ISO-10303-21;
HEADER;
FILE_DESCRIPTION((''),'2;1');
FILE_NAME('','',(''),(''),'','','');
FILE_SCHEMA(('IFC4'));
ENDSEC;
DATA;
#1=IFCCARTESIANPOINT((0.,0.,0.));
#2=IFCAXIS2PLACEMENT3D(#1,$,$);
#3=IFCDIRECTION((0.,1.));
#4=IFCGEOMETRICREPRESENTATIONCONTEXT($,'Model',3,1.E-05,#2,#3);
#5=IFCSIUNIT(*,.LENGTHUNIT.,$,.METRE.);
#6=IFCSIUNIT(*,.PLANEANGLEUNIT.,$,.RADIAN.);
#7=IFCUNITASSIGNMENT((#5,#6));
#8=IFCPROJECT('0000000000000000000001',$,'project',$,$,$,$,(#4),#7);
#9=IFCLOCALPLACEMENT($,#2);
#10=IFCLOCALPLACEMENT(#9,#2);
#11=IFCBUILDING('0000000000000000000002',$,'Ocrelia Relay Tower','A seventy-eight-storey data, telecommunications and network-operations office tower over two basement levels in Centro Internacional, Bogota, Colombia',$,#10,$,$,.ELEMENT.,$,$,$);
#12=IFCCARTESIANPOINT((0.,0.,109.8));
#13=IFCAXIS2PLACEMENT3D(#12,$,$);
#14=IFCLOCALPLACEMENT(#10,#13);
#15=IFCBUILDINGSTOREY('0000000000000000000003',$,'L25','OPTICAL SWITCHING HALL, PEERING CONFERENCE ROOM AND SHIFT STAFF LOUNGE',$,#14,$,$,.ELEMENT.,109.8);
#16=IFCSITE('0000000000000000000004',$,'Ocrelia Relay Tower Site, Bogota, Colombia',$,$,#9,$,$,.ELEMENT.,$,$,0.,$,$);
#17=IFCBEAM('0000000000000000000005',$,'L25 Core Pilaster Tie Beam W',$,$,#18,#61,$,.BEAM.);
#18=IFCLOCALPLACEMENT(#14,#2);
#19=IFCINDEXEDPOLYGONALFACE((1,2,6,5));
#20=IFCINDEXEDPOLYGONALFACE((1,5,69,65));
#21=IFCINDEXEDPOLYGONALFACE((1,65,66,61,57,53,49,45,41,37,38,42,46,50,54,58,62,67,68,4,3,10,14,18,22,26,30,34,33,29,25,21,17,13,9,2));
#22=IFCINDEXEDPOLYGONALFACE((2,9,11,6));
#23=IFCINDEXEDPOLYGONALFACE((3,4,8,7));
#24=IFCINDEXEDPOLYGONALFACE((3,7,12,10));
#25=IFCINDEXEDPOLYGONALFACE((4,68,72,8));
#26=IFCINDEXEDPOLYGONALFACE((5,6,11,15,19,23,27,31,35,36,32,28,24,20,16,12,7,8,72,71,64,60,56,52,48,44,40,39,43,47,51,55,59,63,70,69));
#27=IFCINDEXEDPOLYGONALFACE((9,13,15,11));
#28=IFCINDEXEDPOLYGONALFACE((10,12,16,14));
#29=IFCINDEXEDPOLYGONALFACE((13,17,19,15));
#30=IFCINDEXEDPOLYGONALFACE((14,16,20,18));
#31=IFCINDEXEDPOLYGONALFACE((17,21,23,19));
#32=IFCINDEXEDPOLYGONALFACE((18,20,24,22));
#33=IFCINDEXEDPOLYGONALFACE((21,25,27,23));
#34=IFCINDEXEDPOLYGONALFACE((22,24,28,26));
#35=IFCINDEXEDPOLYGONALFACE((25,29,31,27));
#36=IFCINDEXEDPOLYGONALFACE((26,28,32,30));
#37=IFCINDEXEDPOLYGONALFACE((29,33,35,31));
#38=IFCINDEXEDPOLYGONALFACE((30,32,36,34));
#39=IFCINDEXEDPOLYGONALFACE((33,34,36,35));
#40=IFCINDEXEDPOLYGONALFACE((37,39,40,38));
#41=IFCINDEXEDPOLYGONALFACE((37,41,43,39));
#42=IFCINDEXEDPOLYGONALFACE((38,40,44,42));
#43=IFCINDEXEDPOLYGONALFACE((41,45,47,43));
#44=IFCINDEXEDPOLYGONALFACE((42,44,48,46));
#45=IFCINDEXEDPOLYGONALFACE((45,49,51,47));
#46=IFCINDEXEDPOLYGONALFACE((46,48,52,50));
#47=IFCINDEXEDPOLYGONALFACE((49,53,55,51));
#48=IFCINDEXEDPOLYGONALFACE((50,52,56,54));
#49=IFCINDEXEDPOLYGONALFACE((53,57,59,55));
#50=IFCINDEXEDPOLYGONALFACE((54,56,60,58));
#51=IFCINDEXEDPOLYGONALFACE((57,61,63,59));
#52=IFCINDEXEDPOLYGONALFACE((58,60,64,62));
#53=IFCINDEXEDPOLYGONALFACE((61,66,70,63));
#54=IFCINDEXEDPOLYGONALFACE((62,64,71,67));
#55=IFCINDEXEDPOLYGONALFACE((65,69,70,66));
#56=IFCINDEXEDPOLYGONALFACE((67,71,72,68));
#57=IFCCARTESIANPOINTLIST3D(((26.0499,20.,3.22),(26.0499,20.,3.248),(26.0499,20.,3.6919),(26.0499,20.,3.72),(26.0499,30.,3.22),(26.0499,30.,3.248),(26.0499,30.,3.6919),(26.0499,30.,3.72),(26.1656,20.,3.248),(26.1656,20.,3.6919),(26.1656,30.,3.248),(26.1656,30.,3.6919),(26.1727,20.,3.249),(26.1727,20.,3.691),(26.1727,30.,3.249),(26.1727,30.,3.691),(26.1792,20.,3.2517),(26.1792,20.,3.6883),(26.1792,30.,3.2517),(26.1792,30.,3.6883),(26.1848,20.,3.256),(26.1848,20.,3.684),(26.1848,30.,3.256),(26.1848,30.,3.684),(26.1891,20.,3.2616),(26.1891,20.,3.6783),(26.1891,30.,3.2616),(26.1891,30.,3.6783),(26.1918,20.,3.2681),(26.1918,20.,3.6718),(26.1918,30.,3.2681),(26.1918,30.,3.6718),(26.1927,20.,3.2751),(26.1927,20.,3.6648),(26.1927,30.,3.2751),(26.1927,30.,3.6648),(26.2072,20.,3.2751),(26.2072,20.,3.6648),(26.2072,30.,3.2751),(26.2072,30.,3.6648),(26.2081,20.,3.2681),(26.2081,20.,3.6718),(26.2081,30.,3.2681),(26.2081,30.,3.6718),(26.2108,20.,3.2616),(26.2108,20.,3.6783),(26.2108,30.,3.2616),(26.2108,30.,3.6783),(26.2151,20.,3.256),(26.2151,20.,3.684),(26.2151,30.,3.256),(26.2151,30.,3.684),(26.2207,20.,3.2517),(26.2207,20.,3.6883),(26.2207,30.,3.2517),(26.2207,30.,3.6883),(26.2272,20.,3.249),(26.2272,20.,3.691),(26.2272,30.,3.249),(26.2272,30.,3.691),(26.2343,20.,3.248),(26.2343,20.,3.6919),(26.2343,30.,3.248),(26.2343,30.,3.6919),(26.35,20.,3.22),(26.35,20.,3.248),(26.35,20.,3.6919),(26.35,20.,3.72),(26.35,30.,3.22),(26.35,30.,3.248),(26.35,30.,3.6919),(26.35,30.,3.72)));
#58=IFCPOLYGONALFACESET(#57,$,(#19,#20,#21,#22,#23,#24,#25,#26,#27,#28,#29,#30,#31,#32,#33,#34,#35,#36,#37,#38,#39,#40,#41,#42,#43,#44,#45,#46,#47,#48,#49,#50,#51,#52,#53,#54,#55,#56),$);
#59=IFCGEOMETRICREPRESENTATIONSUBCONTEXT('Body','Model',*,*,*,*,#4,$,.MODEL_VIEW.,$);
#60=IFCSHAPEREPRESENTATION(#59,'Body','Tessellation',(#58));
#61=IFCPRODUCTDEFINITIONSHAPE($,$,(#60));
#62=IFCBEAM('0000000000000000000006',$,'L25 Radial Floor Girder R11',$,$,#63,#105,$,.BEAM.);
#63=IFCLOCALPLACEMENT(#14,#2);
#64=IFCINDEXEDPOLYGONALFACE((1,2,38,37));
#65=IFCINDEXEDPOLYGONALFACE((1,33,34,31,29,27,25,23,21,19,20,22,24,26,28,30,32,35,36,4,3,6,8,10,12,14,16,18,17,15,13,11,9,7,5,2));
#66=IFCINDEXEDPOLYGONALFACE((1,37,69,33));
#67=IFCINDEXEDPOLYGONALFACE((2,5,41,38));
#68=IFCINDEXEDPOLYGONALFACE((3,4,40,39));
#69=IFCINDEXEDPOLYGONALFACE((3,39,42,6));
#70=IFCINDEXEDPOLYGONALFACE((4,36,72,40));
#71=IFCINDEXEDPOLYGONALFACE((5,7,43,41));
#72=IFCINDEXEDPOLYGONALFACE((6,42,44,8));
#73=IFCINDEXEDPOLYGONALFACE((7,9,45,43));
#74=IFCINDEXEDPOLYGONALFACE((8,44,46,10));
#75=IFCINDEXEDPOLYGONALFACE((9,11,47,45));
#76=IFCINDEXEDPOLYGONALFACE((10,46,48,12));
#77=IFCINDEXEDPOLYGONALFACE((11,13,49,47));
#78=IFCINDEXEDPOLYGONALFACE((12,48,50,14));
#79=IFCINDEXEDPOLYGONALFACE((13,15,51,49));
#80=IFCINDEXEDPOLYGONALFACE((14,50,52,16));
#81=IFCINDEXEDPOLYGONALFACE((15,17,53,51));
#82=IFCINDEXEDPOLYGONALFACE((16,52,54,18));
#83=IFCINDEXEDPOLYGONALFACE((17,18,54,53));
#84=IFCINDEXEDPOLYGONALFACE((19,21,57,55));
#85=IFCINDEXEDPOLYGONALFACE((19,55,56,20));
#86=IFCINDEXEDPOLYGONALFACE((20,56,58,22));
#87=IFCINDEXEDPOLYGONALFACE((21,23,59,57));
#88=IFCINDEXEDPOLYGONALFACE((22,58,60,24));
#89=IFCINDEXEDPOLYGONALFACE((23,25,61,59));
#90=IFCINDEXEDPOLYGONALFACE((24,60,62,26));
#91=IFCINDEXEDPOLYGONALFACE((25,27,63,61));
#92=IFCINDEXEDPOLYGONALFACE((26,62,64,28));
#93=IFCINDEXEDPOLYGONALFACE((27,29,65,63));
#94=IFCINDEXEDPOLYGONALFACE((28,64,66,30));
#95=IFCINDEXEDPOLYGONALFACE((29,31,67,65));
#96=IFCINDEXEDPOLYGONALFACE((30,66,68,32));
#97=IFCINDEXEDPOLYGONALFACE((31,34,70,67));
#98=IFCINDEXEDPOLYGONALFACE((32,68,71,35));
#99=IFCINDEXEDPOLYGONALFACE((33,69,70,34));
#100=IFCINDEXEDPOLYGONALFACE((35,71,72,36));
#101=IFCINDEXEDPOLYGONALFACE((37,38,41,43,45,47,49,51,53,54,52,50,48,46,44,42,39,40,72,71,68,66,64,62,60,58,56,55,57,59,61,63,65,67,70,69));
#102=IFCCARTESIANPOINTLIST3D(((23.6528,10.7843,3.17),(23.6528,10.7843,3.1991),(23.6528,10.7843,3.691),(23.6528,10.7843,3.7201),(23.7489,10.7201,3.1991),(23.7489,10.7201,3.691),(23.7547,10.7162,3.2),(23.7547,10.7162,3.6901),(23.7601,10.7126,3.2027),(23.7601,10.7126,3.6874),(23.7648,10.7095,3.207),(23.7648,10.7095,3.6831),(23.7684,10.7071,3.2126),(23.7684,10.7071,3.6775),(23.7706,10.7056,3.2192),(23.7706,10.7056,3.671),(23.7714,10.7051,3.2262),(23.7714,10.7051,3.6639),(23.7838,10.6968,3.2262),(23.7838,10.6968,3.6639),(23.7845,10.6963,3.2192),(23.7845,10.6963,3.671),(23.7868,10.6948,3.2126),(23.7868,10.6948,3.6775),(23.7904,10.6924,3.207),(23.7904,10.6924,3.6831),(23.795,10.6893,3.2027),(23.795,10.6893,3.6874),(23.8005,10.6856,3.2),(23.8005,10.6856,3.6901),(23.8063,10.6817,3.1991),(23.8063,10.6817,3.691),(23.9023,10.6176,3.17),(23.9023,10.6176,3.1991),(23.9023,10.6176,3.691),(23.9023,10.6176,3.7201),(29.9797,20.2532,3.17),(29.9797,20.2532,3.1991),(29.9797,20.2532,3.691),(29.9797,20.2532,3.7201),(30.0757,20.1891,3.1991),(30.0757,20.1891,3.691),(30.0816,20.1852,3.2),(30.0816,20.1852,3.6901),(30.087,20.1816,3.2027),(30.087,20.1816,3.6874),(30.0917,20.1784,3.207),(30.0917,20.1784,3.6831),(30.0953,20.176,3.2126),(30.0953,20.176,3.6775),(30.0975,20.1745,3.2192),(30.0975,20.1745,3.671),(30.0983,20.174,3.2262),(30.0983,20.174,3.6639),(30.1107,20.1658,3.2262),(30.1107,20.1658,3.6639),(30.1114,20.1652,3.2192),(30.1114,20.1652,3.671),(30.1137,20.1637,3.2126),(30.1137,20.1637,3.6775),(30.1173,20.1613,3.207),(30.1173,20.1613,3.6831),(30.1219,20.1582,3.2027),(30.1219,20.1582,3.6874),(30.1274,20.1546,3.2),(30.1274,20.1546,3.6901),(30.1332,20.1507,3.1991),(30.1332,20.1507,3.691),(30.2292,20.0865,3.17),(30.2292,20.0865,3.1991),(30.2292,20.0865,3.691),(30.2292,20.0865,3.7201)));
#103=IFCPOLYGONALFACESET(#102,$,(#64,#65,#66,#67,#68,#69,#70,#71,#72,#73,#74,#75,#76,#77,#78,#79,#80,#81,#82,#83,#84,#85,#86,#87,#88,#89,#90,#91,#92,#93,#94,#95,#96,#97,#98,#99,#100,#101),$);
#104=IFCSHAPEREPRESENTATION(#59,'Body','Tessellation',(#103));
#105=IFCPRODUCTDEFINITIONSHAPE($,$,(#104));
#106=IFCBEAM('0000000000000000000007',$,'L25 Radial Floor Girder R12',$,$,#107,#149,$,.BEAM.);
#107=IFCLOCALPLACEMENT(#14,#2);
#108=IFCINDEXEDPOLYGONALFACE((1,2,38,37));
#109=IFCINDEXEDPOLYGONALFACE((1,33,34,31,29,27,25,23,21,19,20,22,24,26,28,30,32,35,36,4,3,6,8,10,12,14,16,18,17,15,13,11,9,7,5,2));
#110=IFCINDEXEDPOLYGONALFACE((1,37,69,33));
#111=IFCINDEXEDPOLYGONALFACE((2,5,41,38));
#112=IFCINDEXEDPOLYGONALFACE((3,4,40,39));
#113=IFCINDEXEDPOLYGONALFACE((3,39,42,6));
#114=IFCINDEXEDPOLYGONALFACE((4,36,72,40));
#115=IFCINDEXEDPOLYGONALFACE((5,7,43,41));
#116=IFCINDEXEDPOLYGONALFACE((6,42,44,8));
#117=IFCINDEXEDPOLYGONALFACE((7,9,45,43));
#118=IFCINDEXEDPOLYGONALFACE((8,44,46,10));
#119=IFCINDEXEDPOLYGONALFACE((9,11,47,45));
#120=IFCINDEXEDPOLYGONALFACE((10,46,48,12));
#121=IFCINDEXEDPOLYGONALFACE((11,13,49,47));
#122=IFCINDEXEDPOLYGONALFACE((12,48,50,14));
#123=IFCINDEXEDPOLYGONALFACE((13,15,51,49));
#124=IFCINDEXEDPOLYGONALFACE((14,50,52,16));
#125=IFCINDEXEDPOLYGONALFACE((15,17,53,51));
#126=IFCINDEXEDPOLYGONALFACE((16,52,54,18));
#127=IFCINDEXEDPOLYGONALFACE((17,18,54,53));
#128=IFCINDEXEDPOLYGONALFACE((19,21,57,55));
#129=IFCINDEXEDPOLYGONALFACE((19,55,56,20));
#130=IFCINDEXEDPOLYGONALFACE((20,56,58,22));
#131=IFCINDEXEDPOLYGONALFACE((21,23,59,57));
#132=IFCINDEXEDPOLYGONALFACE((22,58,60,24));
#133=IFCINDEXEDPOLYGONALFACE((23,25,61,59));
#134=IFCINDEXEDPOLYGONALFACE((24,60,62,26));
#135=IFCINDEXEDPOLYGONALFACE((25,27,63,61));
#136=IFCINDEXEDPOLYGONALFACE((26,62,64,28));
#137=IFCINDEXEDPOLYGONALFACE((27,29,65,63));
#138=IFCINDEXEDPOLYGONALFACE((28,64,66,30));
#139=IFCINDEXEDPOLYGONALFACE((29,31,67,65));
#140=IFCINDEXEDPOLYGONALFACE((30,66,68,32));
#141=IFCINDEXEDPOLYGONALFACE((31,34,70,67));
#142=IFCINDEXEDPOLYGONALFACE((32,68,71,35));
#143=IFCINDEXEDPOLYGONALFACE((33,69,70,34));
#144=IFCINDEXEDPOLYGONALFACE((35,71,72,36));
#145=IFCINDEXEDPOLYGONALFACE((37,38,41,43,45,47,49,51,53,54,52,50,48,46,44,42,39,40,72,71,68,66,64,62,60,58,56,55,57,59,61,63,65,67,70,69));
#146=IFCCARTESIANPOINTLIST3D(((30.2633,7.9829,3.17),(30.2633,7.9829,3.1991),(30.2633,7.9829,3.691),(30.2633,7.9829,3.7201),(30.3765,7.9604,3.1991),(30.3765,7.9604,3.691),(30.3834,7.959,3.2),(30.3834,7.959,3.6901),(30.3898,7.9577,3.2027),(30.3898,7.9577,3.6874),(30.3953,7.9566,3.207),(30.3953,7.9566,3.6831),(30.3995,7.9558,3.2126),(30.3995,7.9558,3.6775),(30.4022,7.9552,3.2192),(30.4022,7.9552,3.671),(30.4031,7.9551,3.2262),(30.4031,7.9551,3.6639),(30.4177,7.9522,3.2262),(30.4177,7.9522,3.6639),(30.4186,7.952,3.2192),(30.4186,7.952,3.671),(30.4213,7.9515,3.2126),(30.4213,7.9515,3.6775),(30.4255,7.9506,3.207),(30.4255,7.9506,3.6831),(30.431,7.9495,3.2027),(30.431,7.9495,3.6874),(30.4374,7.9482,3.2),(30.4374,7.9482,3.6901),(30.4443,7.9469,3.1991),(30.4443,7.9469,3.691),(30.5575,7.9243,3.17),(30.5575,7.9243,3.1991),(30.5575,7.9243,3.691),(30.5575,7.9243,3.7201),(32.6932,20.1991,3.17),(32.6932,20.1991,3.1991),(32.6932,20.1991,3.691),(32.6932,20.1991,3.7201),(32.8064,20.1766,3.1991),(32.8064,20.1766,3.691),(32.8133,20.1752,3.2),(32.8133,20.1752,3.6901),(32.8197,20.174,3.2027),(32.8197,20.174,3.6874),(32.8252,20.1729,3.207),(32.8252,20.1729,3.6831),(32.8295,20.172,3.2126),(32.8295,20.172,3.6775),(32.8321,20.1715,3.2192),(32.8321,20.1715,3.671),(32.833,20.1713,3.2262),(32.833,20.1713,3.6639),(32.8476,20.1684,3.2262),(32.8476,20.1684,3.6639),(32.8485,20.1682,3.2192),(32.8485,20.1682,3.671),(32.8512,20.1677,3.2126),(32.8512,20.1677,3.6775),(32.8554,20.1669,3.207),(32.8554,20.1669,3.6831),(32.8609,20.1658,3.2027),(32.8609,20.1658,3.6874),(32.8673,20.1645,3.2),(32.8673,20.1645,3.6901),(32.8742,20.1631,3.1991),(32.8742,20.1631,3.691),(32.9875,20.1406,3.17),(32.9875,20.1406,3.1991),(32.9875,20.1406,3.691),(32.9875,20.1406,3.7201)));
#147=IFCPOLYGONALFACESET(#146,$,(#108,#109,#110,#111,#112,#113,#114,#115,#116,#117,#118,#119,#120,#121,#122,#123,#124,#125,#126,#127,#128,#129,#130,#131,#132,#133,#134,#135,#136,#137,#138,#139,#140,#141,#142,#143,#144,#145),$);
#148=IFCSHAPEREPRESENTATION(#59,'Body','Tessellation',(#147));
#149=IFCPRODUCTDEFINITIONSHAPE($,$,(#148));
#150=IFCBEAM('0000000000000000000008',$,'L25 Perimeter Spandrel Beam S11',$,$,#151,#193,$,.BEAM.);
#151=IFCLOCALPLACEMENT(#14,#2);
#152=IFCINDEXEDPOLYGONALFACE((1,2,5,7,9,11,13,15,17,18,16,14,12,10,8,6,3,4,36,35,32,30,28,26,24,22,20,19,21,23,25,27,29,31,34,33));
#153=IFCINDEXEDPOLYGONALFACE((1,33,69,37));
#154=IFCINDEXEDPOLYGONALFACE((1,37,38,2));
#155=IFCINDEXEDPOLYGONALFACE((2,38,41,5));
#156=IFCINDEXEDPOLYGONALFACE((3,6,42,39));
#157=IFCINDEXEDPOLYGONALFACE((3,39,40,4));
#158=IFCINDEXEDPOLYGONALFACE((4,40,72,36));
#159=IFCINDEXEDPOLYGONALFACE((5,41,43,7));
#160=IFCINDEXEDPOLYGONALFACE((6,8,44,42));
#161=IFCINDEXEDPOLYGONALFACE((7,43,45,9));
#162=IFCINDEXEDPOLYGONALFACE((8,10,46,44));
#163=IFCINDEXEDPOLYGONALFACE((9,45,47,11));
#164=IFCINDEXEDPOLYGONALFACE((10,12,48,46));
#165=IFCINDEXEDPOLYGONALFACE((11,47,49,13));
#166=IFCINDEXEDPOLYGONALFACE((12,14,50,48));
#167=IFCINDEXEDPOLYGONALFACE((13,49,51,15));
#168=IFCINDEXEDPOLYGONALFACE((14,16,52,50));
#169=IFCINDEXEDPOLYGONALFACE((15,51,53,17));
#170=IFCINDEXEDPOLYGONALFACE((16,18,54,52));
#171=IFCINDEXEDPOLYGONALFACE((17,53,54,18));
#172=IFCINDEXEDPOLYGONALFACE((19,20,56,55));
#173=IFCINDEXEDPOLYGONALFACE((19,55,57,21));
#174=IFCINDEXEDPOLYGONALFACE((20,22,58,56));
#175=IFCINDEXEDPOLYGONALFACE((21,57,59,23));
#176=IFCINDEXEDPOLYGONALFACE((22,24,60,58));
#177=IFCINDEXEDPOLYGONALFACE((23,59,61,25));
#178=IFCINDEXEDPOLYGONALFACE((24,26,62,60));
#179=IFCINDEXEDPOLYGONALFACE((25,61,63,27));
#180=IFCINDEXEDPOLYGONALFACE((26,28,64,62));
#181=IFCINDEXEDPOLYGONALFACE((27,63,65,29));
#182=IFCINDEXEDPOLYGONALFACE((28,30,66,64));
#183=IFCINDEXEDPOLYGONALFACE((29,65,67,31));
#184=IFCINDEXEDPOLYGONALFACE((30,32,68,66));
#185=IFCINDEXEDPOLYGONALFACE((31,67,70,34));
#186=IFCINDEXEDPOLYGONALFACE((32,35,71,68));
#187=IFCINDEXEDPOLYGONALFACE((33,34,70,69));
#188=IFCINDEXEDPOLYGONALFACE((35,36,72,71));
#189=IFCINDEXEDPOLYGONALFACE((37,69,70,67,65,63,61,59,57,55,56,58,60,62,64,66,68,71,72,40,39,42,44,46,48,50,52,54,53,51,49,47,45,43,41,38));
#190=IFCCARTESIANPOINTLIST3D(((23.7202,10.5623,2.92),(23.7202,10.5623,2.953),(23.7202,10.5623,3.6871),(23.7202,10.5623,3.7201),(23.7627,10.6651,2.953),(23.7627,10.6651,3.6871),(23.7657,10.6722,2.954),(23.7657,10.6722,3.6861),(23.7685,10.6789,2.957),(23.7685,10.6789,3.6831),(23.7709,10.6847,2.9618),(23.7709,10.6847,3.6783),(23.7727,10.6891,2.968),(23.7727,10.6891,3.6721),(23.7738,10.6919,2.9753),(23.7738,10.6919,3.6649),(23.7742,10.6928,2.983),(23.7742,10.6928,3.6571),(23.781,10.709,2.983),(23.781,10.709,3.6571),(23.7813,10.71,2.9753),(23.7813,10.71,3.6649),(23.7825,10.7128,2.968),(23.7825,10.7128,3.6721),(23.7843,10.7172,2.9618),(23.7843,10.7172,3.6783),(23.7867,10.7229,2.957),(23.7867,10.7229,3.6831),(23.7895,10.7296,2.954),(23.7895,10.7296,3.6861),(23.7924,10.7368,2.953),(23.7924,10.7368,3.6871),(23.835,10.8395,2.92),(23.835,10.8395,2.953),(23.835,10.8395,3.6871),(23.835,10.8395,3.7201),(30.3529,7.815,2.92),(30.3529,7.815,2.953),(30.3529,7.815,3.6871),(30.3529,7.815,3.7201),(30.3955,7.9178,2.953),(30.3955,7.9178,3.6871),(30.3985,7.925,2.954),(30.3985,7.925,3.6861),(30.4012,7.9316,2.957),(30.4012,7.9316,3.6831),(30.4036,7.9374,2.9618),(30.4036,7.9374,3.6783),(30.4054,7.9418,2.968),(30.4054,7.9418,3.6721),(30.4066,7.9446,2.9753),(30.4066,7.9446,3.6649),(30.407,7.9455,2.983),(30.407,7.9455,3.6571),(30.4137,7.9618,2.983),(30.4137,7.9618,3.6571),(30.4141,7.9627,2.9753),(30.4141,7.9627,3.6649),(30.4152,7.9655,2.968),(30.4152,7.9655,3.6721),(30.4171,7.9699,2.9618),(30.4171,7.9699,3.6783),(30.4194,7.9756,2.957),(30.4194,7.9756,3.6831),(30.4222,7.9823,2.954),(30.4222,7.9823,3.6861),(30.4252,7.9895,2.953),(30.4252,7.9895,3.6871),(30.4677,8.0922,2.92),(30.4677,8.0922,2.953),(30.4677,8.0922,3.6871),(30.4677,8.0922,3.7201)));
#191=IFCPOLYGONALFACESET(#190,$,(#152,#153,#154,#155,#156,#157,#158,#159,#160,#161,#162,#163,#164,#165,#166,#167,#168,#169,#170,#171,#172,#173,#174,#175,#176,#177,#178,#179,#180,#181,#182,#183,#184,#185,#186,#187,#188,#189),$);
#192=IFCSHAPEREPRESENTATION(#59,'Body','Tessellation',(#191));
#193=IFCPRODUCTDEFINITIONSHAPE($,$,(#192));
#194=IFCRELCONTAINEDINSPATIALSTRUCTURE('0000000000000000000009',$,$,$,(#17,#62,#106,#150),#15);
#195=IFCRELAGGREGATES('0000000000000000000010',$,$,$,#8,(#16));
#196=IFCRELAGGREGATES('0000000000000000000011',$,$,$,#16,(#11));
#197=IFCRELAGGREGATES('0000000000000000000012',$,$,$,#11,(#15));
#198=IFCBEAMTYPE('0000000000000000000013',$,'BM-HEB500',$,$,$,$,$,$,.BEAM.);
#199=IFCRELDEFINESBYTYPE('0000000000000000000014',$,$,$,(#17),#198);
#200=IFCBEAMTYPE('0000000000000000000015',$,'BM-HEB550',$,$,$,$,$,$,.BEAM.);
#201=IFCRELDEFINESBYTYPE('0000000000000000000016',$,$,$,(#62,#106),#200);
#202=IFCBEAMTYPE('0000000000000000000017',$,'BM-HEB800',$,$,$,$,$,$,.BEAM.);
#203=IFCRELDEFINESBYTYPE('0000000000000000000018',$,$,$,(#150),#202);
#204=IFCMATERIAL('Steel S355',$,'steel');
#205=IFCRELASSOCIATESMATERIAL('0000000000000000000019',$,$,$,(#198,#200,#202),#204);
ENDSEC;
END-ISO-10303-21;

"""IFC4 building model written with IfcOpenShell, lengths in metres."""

from ifc_helpers import new_model, si_unit, direction, frame, origin, origin_2d, place, context, subcontext, project, spatial, i_section, extrude, material, material_profile, profile_set, type_object, element, save


model = new_model("IFC4")

# Units and contexts
model_context = context("Model", 3, precision=1e-05, world=origin(), true_north=direction((0.0, 1.0)))
body_context = subcontext(model_context, "Body", "Model", "MODEL_VIEW")
ifc_project = project(units=[si_unit("LENGTHUNIT", "METRE"), si_unit("PLANEANGLEUNIT", "RADIAN")], contexts=[model_context])

# Site, building, storey
site_placement = place(None, origin())
site = spatial("IfcSite", under=ifc_project, at=site_placement, Name="Ocrelia Relay Tower Site, Bogota, Colombia", CompositionType="ELEMENT", RefElevation=0.0)
building_placement = place(site_placement, origin())
building = spatial("IfcBuilding", under=site, at=building_placement, Name="Ocrelia Relay Tower", Description="A seventy-eight-storey data, telecommunications and network-operations office tower over two basement levels in Centro Internacional, Bogota, Colombia", CompositionType="ELEMENT")
storey_placement = place(building_placement, frame((0.0, 0.0, 109.8)))
storey = spatial("IfcBuildingStorey", under=building, at=storey_placement, Name="L25", Description="OPTICAL SWITCHING HALL, PEERING CONFERENCE ROOM AND SHIFT STAFF LOUNGE", CompositionType="ELEMENT", Elevation=109.8)

# Beams
ifc_material_1 = material(Name="Steel S355", Category="steel")
ifc_material_profile_1 = material_profile(ifc_material_1, i_section(OverallWidth=0.3, OverallDepth=0.5, WebThickness=0.0144, FlangeThickness=0.0281, FilletRadius=0.0271, at=origin_2d()), Name="HEB 500")
ifc_profile_set_1 = profile_set([ifc_material_profile_1], Name="Steel S355")
beam_type_1 = type_object("IfcBeamType", Name="BM-HEB500", PredefinedType="BEAM", material=ifc_profile_set_1)
beam_1_placement = place(storey_placement, frame((26.2, 20.0, 3.47), z_axis=(0.0, 1.0, 0.0), x_axis=(-1.0, 0.0, 0.0)))
element("IfcBeam", 1, at=beam_1_placement, inside=storey, type_object=beam_type_1, Name="L25 Core Pilaster Tie Beam W", PredefinedType="BEAM", context=body_context, shape_type="SweptSolid", body=[
    extrude(i_section(OverallWidth=0.3, OverallDepth=0.5, WebThickness=0.0144, FlangeThickness=0.0281, FilletRadius=0.0271, at=origin_2d()), origin(), (0.0, 0.0, 1.0), 10.0),
])
ifc_material_profile_2 = material_profile(ifc_material_1, i_section(OverallWidth=0.3, OverallDepth=0.55, WebThickness=0.0149, FlangeThickness=0.0291, FilletRadius=0.0271, at=origin_2d()), Name="HEB 550")
ifc_profile_set_2 = profile_set([ifc_material_profile_2], Name="Steel S355")
beam_type_2 = type_object("IfcBeamType", Name="BM-HEB550", PredefinedType="BEAM", material=ifc_profile_set_2)
beam_2_placement = place(storey_placement, frame((23.7776, 10.7009, 3.4451), z_axis=(0.555566, 0.831473, 0.0), x_axis=(-0.831473, 0.555566, 0.0)))
element("IfcBeam", 2, at=beam_2_placement, inside=storey, type_object=beam_type_2, Name="L25 Radial Floor Girder R11", PredefinedType="BEAM", context=body_context, shape_type="SweptSolid", body=[
    extrude(i_section(OverallWidth=0.3, OverallDepth=0.55, WebThickness=0.0149, FlangeThickness=0.0291, FilletRadius=0.0271, at=origin_2d()), origin(), (0.0, 0.0, 1.0), 11.3882),
])
beam_3_placement = place(storey_placement, frame((30.4104, 7.9536, 3.4451), z_axis=(0.195087, 0.980786, 0.0), x_axis=(-0.980786, 0.195087, 0.0)))
element("IfcBeam", 3, at=beam_3_placement, inside=storey, type_object=beam_type_2, Name="L25 Radial Floor Girder R12", PredefinedType="BEAM", context=body_context, shape_type="SweptSolid", body=[
    extrude(i_section(OverallWidth=0.3, OverallDepth=0.55, WebThickness=0.0149, FlangeThickness=0.0291, FilletRadius=0.0271, at=origin_2d()), origin(), (0.0, 0.0, 1.0), 12.4556),
])
ifc_material_profile_3 = material_profile(ifc_material_1, i_section(OverallWidth=0.3, OverallDepth=0.8, WebThickness=0.0176, FlangeThickness=0.033, FilletRadius=0.03, at=origin_2d()), Name="HEB 800")
ifc_profile_set_3 = profile_set([ifc_material_profile_3], Name="Steel S355")
beam_type_3 = type_object("IfcBeamType", Name="BM-HEB800", PredefinedType="BEAM", material=ifc_profile_set_3)
for number, where, z_axis, x_axis, name in (
    (4, (23.7776, 10.7009, 3.3201), (0.923884, -0.382673, 0.0), (0.382673, 0.923884, 0.0), "L25 Perimeter Spandrel Beam S11"),
):
    element("IfcBeam", number, at=place(storey_placement, frame(where, z_axis=z_axis, x_axis=x_axis)), inside=storey, type_object=beam_type_3, Name=name, PredefinedType="BEAM", context=body_context, shape_type="SweptSolid", body=[
        extrude(i_section(OverallWidth=0.3, OverallDepth=0.8, WebThickness=0.0176, FlangeThickness=0.033, FilletRadius=0.03, at=origin_2d()), origin(), (0.0, 0.0, 1.0), 7.1792),
    ])

save(model, "model.ifc")
